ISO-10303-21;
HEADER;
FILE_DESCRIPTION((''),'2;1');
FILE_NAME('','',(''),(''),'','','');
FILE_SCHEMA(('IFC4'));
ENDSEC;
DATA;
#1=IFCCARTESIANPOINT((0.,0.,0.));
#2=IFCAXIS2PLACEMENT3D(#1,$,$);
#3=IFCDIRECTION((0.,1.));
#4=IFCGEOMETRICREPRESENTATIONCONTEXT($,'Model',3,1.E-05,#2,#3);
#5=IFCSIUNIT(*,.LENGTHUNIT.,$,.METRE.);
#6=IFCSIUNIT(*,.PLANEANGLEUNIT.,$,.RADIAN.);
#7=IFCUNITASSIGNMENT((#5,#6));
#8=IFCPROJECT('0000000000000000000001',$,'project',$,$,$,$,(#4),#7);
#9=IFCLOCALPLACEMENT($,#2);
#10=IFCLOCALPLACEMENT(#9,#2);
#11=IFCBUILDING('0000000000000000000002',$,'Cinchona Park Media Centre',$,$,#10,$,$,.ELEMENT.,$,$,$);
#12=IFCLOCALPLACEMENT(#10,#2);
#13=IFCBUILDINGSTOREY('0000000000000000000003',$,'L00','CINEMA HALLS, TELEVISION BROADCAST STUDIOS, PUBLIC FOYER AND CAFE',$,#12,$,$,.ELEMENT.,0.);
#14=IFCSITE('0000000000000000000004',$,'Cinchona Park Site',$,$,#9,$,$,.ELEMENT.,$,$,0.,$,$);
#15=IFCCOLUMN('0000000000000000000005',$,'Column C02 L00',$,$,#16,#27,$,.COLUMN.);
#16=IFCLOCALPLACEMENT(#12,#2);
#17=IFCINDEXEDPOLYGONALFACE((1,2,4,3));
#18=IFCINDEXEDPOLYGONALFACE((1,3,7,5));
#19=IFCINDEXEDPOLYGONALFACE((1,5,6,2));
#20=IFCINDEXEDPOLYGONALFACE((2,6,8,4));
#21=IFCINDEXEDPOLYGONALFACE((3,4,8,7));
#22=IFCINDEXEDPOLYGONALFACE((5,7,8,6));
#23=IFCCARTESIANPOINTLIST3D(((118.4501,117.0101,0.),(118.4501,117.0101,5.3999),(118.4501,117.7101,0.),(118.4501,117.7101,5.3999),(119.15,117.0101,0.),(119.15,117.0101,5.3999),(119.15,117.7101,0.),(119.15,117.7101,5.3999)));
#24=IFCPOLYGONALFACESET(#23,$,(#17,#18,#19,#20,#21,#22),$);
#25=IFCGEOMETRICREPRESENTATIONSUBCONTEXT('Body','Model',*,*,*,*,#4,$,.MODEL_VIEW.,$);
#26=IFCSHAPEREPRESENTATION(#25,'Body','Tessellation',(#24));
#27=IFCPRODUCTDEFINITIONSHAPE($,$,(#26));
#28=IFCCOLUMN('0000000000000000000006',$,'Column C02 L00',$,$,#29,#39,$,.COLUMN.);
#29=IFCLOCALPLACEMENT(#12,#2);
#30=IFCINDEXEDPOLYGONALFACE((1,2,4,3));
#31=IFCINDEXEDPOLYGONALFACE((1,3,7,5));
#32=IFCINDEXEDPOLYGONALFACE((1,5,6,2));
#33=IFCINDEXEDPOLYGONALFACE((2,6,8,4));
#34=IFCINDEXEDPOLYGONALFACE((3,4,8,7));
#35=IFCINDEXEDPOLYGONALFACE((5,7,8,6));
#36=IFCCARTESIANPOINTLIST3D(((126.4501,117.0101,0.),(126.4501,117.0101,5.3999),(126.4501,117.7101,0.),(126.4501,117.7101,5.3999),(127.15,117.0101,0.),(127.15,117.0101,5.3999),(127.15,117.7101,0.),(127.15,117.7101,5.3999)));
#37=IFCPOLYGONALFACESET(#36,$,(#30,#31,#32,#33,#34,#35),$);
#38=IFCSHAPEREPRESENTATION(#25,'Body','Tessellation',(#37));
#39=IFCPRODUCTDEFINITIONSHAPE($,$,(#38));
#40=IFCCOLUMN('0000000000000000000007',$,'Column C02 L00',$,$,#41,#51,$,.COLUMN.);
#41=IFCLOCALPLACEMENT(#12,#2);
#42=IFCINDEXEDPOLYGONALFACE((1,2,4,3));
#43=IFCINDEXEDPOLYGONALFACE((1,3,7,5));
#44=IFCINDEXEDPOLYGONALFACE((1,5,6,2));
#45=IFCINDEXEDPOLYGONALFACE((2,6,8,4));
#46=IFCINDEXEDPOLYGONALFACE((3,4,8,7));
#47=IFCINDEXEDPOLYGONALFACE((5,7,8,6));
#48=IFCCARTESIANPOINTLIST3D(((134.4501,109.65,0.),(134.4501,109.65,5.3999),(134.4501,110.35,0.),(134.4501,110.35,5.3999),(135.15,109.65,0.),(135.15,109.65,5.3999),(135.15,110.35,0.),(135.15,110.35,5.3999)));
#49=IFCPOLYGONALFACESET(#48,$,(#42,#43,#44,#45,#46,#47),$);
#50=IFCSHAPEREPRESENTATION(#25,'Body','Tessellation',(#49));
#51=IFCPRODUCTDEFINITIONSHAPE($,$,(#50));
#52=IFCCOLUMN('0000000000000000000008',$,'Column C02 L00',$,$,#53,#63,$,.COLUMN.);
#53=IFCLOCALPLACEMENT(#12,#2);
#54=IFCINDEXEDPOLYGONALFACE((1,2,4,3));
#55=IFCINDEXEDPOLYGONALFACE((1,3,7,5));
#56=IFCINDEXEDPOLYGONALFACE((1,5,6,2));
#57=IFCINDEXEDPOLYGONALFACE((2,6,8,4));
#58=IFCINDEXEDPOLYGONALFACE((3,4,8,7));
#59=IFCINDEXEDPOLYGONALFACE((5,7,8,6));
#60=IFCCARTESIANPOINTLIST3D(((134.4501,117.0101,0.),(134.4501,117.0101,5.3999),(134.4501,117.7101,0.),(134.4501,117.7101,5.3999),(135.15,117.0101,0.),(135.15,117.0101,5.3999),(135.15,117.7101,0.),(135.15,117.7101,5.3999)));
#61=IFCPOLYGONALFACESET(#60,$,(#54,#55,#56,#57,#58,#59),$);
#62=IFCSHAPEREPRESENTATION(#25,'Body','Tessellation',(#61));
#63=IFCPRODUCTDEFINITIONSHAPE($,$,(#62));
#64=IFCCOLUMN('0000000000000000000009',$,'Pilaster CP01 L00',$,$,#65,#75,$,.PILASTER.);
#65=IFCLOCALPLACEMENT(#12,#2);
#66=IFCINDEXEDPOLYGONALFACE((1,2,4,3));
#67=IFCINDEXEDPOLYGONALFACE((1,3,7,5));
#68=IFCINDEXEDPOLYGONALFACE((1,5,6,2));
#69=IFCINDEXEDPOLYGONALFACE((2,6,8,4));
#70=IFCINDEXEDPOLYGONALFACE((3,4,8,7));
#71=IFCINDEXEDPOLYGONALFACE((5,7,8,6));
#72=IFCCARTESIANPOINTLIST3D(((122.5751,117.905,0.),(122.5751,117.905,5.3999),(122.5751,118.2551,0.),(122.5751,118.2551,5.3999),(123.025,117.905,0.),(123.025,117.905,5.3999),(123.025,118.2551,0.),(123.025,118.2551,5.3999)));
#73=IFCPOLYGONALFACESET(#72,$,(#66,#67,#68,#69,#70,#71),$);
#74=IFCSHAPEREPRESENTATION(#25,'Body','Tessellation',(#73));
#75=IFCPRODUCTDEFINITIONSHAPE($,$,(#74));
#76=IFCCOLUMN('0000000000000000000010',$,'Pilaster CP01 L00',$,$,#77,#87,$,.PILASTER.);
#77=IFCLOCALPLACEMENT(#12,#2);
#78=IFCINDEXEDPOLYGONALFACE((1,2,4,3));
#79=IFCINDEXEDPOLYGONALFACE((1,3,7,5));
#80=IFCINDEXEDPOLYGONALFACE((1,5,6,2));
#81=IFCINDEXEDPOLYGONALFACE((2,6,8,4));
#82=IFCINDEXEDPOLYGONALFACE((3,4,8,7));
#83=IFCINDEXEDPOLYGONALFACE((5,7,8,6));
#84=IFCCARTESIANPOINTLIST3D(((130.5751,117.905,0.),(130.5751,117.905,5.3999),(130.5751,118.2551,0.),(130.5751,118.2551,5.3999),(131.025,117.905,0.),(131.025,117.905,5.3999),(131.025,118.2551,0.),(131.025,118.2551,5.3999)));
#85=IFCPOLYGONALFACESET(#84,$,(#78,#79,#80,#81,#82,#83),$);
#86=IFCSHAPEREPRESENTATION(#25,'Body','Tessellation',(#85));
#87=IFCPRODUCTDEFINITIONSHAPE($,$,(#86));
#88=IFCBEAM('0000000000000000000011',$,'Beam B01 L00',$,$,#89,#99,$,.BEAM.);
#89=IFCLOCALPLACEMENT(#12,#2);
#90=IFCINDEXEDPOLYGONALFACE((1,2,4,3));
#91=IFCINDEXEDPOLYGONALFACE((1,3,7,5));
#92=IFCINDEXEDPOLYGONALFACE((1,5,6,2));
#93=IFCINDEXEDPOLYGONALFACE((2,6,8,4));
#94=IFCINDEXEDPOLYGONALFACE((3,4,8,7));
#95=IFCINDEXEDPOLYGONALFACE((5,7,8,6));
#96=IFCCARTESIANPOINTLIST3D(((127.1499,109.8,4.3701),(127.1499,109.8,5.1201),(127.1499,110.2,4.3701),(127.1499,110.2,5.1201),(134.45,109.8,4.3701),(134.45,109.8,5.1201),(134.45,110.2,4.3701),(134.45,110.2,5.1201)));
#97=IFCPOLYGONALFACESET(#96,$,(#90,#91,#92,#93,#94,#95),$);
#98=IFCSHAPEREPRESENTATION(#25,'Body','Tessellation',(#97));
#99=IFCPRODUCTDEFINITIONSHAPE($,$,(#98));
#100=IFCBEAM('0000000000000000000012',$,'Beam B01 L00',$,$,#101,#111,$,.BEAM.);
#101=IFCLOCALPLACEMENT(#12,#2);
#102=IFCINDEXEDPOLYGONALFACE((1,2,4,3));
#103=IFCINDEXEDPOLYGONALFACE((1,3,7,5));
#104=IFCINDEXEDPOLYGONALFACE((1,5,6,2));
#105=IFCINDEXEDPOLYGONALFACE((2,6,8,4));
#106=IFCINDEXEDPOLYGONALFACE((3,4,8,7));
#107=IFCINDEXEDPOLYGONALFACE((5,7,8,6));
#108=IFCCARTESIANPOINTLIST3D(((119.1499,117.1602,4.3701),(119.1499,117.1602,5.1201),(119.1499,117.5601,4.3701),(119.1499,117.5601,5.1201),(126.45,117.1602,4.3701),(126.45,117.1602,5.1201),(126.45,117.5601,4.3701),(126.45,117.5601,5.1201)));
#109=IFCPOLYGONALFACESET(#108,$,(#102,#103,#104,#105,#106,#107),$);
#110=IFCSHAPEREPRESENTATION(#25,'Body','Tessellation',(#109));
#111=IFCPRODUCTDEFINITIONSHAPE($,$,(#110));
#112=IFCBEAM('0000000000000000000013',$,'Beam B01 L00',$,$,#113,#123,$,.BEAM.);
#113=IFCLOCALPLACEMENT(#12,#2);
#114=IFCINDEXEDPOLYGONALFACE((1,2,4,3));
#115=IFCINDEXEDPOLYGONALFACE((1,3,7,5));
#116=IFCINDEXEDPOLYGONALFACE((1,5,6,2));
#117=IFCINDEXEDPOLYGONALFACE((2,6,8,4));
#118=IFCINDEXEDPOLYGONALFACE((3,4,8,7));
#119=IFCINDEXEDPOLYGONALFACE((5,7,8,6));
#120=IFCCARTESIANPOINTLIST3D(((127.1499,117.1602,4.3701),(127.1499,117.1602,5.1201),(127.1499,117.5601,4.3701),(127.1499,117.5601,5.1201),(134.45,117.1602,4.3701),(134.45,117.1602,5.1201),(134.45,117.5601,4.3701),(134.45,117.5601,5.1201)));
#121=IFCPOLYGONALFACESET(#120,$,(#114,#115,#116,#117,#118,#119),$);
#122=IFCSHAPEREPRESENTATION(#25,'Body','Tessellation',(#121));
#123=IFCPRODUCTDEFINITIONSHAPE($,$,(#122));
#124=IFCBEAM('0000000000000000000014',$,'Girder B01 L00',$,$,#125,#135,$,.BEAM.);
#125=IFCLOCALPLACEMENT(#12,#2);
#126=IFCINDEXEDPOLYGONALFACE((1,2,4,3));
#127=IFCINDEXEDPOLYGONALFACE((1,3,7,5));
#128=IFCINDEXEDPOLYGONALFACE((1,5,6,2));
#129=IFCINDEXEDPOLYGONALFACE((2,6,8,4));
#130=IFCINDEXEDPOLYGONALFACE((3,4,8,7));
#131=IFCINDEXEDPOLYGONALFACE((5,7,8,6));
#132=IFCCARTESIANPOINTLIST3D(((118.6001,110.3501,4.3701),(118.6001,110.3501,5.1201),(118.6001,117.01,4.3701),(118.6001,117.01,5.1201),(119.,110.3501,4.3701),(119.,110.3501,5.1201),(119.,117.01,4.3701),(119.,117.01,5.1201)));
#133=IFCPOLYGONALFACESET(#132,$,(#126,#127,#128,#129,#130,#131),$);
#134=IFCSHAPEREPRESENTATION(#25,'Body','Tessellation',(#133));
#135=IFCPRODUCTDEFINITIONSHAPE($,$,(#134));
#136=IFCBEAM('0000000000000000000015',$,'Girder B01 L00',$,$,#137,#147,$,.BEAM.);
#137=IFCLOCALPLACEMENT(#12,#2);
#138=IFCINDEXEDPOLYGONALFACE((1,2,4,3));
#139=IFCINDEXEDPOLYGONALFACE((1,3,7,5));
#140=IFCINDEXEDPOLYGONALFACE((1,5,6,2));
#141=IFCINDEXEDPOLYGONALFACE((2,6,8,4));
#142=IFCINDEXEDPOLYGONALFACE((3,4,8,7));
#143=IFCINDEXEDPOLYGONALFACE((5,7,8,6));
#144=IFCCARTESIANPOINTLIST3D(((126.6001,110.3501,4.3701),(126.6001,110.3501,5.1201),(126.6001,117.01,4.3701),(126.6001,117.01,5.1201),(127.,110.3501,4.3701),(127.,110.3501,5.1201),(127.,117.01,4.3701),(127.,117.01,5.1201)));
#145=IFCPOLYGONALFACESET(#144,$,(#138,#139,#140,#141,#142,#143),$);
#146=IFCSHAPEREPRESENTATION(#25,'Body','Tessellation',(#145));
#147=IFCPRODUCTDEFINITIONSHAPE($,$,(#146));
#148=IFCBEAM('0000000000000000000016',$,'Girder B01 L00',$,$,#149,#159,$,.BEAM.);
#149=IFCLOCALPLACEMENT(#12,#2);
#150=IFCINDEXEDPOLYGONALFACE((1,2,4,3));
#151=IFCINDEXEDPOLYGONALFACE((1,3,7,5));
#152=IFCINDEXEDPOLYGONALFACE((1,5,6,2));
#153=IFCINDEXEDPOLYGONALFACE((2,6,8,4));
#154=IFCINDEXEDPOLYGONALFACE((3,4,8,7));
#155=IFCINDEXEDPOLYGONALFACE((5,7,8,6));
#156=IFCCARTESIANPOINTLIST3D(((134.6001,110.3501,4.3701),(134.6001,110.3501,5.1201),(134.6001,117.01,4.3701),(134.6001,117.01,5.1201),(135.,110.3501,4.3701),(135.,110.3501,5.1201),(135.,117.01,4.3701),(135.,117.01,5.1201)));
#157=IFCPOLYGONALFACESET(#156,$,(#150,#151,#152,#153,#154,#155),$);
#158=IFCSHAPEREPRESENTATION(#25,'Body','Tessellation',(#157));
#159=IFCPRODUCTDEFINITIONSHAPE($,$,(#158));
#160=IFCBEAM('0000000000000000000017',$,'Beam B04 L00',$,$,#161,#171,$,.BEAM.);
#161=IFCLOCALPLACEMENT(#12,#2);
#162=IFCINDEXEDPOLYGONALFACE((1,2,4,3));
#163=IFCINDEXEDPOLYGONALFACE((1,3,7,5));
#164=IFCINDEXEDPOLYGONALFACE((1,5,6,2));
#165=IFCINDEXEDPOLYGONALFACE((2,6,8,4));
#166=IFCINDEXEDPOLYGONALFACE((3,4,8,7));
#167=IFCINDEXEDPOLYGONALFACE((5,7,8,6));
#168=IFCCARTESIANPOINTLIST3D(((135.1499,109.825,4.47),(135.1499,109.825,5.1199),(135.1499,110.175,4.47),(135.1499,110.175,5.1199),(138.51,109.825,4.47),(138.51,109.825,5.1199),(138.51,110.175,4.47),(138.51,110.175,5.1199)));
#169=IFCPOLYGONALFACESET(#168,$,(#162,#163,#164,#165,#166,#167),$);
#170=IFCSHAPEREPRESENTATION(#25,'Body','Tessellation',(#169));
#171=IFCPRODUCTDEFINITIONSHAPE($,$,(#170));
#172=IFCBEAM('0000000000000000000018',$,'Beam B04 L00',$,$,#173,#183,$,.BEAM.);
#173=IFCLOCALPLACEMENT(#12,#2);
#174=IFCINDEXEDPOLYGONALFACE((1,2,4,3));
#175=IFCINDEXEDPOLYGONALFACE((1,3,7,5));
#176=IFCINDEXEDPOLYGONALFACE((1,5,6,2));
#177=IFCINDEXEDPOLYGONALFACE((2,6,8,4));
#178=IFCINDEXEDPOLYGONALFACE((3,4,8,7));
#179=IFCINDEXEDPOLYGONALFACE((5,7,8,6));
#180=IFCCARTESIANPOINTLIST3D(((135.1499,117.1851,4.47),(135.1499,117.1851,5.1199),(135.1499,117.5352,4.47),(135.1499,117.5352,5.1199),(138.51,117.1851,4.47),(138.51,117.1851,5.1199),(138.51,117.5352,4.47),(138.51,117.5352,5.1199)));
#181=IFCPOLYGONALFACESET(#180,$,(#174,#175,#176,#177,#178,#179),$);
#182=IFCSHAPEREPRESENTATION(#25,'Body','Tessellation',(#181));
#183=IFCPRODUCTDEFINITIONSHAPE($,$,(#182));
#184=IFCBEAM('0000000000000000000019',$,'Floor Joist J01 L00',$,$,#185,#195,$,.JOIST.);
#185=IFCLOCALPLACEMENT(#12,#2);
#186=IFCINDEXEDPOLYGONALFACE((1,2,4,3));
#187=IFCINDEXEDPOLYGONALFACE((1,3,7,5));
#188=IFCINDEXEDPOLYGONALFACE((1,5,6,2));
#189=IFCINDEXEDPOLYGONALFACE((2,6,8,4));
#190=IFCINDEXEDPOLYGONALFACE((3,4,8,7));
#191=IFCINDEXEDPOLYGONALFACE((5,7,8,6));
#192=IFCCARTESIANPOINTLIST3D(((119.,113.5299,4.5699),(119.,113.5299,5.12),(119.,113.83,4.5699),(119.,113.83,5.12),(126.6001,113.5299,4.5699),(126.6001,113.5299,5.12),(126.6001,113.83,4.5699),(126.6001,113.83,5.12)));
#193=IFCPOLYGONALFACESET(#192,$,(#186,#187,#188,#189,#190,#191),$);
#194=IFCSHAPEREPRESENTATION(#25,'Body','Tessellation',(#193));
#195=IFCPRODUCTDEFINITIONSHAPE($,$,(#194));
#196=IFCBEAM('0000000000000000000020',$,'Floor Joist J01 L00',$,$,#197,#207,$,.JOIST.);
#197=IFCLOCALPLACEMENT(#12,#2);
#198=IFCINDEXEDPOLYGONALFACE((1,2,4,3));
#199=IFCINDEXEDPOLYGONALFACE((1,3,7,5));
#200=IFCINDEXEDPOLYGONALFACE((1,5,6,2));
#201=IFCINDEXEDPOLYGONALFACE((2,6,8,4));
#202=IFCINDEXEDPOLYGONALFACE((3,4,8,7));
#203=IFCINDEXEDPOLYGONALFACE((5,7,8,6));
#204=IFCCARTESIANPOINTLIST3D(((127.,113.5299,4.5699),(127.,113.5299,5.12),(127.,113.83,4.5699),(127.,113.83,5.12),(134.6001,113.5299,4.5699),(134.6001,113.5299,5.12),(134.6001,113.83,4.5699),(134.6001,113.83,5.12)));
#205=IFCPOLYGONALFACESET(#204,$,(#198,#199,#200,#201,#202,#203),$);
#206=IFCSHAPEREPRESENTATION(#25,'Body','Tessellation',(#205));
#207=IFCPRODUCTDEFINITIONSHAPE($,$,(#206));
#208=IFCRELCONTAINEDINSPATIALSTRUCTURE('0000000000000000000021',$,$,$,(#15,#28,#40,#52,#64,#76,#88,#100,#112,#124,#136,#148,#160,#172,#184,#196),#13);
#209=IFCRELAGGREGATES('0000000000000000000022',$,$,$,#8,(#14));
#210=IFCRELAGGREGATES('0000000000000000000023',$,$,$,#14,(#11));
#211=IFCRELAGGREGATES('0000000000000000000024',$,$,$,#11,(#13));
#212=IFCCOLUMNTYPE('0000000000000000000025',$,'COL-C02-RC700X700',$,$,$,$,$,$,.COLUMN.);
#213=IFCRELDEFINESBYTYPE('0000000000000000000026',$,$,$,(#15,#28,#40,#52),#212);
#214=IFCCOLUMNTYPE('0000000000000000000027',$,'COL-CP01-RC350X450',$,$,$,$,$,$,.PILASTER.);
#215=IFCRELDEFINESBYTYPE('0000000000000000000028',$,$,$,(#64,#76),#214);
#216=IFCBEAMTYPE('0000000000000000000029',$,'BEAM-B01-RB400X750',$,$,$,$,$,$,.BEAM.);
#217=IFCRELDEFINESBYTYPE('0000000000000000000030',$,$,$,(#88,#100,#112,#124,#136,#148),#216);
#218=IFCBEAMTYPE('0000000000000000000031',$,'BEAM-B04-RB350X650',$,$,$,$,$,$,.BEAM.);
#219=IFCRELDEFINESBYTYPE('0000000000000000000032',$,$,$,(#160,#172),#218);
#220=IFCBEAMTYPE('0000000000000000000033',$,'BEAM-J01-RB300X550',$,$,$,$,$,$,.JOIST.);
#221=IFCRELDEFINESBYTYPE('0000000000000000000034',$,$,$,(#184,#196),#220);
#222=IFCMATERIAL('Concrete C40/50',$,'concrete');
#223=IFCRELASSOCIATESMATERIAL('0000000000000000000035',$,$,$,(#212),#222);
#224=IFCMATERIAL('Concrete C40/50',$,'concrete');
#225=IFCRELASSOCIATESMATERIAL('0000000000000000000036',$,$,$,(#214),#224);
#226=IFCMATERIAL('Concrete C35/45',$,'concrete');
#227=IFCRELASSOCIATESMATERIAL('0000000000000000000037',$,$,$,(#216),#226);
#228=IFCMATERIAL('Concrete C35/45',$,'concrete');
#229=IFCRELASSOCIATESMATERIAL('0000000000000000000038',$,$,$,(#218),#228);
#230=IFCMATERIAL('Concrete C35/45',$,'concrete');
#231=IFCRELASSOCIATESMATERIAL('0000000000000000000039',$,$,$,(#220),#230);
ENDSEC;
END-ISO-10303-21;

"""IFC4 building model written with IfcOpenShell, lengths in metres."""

from ifc_helpers import new_model, si_unit, direction, frame, origin, origin_2d, place, context, subcontext, project, spatial, rectangle, extrude, material, material_profile, profile_set, type_object, element, save


model = new_model("IFC4")

# Units and contexts
model_context = context("Model", 3, precision=1e-05, world=origin(), true_north=direction((0.0, 1.0)))
body_context = subcontext(model_context, "Body", "Model", "MODEL_VIEW")
ifc_project = project(units=[si_unit("LENGTHUNIT", "METRE"), si_unit("PLANEANGLEUNIT", "RADIAN")], contexts=[model_context])

# Site, building, storey
site_placement = place(None, origin())
site = spatial("IfcSite", under=ifc_project, at=site_placement, Name="Cinchona Park Site", CompositionType="ELEMENT", RefElevation=0.0)
building_placement = place(site_placement, origin())
building = spatial("IfcBuilding", under=site, at=building_placement, Name="Cinchona Park Media Centre", CompositionType="ELEMENT")
storey_placement = place(building_placement, origin())
storey = spatial("IfcBuildingStorey", under=building, at=storey_placement, Name="L00", Description="CINEMA HALLS, TELEVISION BROADCAST STUDIOS, PUBLIC FOYER AND CAFE", CompositionType="ELEMENT", Elevation=0.0)

# Columns
ifc_material_1 = material(Name="Concrete C40/50", Category="concrete")
ifc_material_profile_1 = material_profile(ifc_material_1, rectangle(XDim=0.7, YDim=0.7, at=origin_2d()), Name="RC 700X700")
ifc_profile_set_1 = profile_set([ifc_material_profile_1], Name="Concrete C40/50")
column_type_1 = type_object("IfcColumnType", Name="COL-C02-RC700X700", PredefinedType="COLUMN", material=ifc_profile_set_1)
for number, where, z_axis, x_axis, name in (
    (1, (118.8, 117.3601, 0.0), (0.0, 0.0, 1.0), (1.0, 0.0, 0.0), "Column C02 L00"),
    (2, (126.8, 117.3601, 0.0), (0.0, 0.0, 1.0), (1.0, 0.0, 0.0), "Column C02 L00"),
    (3, (134.8, 110.0, 0.0), (0.0, 0.0, 1.0), (1.0, 0.0, 0.0), "Column C02 L00"),
    (4, (134.8, 117.3601, 0.0), (0.0, 0.0, 1.0), (1.0, 0.0, 0.0), "Column C02 L00"),
):
    element("IfcColumn", number, at=place(storey_placement, frame(where, z_axis=z_axis, x_axis=x_axis)), inside=storey, type_object=column_type_1, Name=name, PredefinedType="COLUMN", context=body_context, shape_type="SweptSolid", body=[
        extrude(rectangle(XDim=0.7, YDim=0.7, at=origin_2d()), origin(), (0.0, 0.0, 1.0), 5.3999),
    ])
ifc_material_2 = material(Name="Concrete C40/50", Category="concrete")
ifc_material_profile_2 = material_profile(ifc_material_2, rectangle(XDim=0.3501, YDim=0.45, at=origin_2d()), Name="RC 350X450")
ifc_profile_set_2 = profile_set([ifc_material_profile_2], Name="Concrete C40/50")
column_type_2 = type_object("IfcColumnType", Name="COL-CP01-RC350X450", PredefinedType="PILASTER", material=ifc_profile_set_2)
for number, where, z_axis, x_axis, name in (
    (5, (122.8, 118.0801, 0.0), (0.0, 0.0, 1.0), (0.0, 1.0, 0.0), "Pilaster CP01 L00"),
    (6, (130.8, 118.0801, 0.0), (0.0, 0.0, 1.0), (0.0, 1.0, 0.0), "Pilaster CP01 L00"),
):
    element("IfcColumn", number, at=place(storey_placement, frame(where, z_axis=z_axis, x_axis=x_axis)), inside=storey, type_object=column_type_2, Name=name, PredefinedType="PILASTER", context=body_context, shape_type="SweptSolid", body=[
        extrude(rectangle(XDim=0.3501, YDim=0.45, at=origin_2d()), origin(), (0.0, 0.0, 1.0), 5.3999),
    ])

# Beams
ifc_material_3 = material(Name="Concrete C35/45", Category="concrete")
ifc_material_profile_3 = material_profile(ifc_material_3, rectangle(XDim=0.3999, YDim=0.75, at=origin_2d()), Name="RB 400X750")
ifc_profile_set_3 = profile_set([ifc_material_profile_3], Name="Concrete C35/45")
beam_type_1 = type_object("IfcBeamType", Name="BEAM-B01-RB400X750", PredefinedType="BEAM", material=ifc_profile_set_3)
for number, where, z_axis, x_axis, name in (
    (7, (127.1499, 110.0, 4.7451), (1.0, 0.0, 0.0), (0.0, 1.0, 0.0), "Beam B01 L00"),
    (8, (119.1499, 117.3601, 4.7451), (1.0, 0.0, 0.0), (0.0, 1.0, 0.0), "Beam B01 L00"),
    (9, (127.1499, 117.3601, 4.7451), (1.0, 0.0, 0.0), (0.0, 1.0, 0.0), "Beam B01 L00"),
):
    element("IfcBeam", number, at=place(storey_placement, frame(where, z_axis=z_axis, x_axis=x_axis)), inside=storey, type_object=beam_type_1, Name=name, PredefinedType="BEAM", context=body_context, shape_type="SweptSolid", body=[
        extrude(rectangle(XDim=0.3999, YDim=0.75, at=origin_2d()), origin(), (0.0, 0.0, 1.0), 7.3),
    ])
for number, where, z_axis, x_axis, name in (
    (10, (118.8, 110.3501, 4.7451), (0.0, 1.0, 0.0), (-1.0, 0.0, 0.0), "Girder B01 L00"),
    (11, (126.8, 110.3501, 4.7451), (0.0, 1.0, 0.0), (-1.0, 0.0, 0.0), "Girder B01 L00"),
    (12, (134.8, 110.3501, 4.7451), (0.0, 1.0, 0.0), (-1.0, 0.0, 0.0), "Girder B01 L00"),
):
    element("IfcBeam", number, at=place(storey_placement, frame(where, z_axis=z_axis, x_axis=x_axis)), inside=storey, type_object=beam_type_1, Name=name, PredefinedType="BEAM", context=body_context, shape_type="SweptSolid", body=[
        extrude(rectangle(XDim=0.3999, YDim=0.75, at=origin_2d()), origin(), (0.0, 0.0, 1.0), 6.6599),
    ])
ifc_material_4 = material(Name="Concrete C35/45", Category="concrete")
ifc_material_profile_4 = material_profile(ifc_material_4, rectangle(XDim=0.3501, YDim=0.6499, at=origin_2d()), Name="RB 350X650")
ifc_profile_set_4 = profile_set([ifc_material_profile_4], Name="Concrete C35/45")
beam_type_2 = type_object("IfcBeamType", Name="BEAM-B04-RB350X650", PredefinedType="BEAM", material=ifc_profile_set_4)
for number, where, z_axis, x_axis, name in (
    (13, (135.1499, 110.0, 4.7949), (1.0, 0.0, 0.0), (0.0, 1.0, 0.0), "Beam B04 L00"),
    (14, (135.1499, 117.3601, 4.7949), (1.0, 0.0, 0.0), (0.0, 1.0, 0.0), "Beam B04 L00"),
):
    element("IfcBeam", number, at=place(storey_placement, frame(where, z_axis=z_axis, x_axis=x_axis)), inside=storey, type_object=beam_type_2, Name=name, PredefinedType="BEAM", context=body_context, shape_type="SweptSolid", body=[
        extrude(rectangle(XDim=0.3501, YDim=0.6499, at=origin_2d()), origin(), (0.0, 0.0, 1.0), 3.3601),
    ])
ifc_material_5 = material(Name="Concrete C35/45", Category="concrete")
ifc_material_profile_5 = material_profile(ifc_material_5, rectangle(XDim=0.3, YDim=0.55, at=origin_2d()), Name="RB 300X550")
ifc_profile_set_5 = profile_set([ifc_material_profile_5], Name="Concrete C35/45")
beam_type_3 = type_object("IfcBeamType", Name="BEAM-J01-RB300X550", PredefinedType="JOIST", material=ifc_profile_set_5)
for number, where, z_axis, x_axis, name in (
    (15, (119.0, 113.6799, 4.845), (1.0, 0.0, 0.0), (0.0, 1.0, 0.0), "Floor Joist J01 L00"),
    (16, (127.0, 113.6799, 4.845), (1.0, 0.0, 0.0), (0.0, 1.0, 0.0), "Floor Joist J01 L00"),
):
    element("IfcBeam", number, at=place(storey_placement, frame(where, z_axis=z_axis, x_axis=x_axis)), inside=storey, type_object=beam_type_3, Name=name, PredefinedType="JOIST", context=body_context, shape_type="SweptSolid", body=[
        extrude(rectangle(XDim=0.3, YDim=0.55, at=origin_2d()), origin(), (0.0, 0.0, 1.0), 7.6001),
    ])

save(model, "model.ifc")
